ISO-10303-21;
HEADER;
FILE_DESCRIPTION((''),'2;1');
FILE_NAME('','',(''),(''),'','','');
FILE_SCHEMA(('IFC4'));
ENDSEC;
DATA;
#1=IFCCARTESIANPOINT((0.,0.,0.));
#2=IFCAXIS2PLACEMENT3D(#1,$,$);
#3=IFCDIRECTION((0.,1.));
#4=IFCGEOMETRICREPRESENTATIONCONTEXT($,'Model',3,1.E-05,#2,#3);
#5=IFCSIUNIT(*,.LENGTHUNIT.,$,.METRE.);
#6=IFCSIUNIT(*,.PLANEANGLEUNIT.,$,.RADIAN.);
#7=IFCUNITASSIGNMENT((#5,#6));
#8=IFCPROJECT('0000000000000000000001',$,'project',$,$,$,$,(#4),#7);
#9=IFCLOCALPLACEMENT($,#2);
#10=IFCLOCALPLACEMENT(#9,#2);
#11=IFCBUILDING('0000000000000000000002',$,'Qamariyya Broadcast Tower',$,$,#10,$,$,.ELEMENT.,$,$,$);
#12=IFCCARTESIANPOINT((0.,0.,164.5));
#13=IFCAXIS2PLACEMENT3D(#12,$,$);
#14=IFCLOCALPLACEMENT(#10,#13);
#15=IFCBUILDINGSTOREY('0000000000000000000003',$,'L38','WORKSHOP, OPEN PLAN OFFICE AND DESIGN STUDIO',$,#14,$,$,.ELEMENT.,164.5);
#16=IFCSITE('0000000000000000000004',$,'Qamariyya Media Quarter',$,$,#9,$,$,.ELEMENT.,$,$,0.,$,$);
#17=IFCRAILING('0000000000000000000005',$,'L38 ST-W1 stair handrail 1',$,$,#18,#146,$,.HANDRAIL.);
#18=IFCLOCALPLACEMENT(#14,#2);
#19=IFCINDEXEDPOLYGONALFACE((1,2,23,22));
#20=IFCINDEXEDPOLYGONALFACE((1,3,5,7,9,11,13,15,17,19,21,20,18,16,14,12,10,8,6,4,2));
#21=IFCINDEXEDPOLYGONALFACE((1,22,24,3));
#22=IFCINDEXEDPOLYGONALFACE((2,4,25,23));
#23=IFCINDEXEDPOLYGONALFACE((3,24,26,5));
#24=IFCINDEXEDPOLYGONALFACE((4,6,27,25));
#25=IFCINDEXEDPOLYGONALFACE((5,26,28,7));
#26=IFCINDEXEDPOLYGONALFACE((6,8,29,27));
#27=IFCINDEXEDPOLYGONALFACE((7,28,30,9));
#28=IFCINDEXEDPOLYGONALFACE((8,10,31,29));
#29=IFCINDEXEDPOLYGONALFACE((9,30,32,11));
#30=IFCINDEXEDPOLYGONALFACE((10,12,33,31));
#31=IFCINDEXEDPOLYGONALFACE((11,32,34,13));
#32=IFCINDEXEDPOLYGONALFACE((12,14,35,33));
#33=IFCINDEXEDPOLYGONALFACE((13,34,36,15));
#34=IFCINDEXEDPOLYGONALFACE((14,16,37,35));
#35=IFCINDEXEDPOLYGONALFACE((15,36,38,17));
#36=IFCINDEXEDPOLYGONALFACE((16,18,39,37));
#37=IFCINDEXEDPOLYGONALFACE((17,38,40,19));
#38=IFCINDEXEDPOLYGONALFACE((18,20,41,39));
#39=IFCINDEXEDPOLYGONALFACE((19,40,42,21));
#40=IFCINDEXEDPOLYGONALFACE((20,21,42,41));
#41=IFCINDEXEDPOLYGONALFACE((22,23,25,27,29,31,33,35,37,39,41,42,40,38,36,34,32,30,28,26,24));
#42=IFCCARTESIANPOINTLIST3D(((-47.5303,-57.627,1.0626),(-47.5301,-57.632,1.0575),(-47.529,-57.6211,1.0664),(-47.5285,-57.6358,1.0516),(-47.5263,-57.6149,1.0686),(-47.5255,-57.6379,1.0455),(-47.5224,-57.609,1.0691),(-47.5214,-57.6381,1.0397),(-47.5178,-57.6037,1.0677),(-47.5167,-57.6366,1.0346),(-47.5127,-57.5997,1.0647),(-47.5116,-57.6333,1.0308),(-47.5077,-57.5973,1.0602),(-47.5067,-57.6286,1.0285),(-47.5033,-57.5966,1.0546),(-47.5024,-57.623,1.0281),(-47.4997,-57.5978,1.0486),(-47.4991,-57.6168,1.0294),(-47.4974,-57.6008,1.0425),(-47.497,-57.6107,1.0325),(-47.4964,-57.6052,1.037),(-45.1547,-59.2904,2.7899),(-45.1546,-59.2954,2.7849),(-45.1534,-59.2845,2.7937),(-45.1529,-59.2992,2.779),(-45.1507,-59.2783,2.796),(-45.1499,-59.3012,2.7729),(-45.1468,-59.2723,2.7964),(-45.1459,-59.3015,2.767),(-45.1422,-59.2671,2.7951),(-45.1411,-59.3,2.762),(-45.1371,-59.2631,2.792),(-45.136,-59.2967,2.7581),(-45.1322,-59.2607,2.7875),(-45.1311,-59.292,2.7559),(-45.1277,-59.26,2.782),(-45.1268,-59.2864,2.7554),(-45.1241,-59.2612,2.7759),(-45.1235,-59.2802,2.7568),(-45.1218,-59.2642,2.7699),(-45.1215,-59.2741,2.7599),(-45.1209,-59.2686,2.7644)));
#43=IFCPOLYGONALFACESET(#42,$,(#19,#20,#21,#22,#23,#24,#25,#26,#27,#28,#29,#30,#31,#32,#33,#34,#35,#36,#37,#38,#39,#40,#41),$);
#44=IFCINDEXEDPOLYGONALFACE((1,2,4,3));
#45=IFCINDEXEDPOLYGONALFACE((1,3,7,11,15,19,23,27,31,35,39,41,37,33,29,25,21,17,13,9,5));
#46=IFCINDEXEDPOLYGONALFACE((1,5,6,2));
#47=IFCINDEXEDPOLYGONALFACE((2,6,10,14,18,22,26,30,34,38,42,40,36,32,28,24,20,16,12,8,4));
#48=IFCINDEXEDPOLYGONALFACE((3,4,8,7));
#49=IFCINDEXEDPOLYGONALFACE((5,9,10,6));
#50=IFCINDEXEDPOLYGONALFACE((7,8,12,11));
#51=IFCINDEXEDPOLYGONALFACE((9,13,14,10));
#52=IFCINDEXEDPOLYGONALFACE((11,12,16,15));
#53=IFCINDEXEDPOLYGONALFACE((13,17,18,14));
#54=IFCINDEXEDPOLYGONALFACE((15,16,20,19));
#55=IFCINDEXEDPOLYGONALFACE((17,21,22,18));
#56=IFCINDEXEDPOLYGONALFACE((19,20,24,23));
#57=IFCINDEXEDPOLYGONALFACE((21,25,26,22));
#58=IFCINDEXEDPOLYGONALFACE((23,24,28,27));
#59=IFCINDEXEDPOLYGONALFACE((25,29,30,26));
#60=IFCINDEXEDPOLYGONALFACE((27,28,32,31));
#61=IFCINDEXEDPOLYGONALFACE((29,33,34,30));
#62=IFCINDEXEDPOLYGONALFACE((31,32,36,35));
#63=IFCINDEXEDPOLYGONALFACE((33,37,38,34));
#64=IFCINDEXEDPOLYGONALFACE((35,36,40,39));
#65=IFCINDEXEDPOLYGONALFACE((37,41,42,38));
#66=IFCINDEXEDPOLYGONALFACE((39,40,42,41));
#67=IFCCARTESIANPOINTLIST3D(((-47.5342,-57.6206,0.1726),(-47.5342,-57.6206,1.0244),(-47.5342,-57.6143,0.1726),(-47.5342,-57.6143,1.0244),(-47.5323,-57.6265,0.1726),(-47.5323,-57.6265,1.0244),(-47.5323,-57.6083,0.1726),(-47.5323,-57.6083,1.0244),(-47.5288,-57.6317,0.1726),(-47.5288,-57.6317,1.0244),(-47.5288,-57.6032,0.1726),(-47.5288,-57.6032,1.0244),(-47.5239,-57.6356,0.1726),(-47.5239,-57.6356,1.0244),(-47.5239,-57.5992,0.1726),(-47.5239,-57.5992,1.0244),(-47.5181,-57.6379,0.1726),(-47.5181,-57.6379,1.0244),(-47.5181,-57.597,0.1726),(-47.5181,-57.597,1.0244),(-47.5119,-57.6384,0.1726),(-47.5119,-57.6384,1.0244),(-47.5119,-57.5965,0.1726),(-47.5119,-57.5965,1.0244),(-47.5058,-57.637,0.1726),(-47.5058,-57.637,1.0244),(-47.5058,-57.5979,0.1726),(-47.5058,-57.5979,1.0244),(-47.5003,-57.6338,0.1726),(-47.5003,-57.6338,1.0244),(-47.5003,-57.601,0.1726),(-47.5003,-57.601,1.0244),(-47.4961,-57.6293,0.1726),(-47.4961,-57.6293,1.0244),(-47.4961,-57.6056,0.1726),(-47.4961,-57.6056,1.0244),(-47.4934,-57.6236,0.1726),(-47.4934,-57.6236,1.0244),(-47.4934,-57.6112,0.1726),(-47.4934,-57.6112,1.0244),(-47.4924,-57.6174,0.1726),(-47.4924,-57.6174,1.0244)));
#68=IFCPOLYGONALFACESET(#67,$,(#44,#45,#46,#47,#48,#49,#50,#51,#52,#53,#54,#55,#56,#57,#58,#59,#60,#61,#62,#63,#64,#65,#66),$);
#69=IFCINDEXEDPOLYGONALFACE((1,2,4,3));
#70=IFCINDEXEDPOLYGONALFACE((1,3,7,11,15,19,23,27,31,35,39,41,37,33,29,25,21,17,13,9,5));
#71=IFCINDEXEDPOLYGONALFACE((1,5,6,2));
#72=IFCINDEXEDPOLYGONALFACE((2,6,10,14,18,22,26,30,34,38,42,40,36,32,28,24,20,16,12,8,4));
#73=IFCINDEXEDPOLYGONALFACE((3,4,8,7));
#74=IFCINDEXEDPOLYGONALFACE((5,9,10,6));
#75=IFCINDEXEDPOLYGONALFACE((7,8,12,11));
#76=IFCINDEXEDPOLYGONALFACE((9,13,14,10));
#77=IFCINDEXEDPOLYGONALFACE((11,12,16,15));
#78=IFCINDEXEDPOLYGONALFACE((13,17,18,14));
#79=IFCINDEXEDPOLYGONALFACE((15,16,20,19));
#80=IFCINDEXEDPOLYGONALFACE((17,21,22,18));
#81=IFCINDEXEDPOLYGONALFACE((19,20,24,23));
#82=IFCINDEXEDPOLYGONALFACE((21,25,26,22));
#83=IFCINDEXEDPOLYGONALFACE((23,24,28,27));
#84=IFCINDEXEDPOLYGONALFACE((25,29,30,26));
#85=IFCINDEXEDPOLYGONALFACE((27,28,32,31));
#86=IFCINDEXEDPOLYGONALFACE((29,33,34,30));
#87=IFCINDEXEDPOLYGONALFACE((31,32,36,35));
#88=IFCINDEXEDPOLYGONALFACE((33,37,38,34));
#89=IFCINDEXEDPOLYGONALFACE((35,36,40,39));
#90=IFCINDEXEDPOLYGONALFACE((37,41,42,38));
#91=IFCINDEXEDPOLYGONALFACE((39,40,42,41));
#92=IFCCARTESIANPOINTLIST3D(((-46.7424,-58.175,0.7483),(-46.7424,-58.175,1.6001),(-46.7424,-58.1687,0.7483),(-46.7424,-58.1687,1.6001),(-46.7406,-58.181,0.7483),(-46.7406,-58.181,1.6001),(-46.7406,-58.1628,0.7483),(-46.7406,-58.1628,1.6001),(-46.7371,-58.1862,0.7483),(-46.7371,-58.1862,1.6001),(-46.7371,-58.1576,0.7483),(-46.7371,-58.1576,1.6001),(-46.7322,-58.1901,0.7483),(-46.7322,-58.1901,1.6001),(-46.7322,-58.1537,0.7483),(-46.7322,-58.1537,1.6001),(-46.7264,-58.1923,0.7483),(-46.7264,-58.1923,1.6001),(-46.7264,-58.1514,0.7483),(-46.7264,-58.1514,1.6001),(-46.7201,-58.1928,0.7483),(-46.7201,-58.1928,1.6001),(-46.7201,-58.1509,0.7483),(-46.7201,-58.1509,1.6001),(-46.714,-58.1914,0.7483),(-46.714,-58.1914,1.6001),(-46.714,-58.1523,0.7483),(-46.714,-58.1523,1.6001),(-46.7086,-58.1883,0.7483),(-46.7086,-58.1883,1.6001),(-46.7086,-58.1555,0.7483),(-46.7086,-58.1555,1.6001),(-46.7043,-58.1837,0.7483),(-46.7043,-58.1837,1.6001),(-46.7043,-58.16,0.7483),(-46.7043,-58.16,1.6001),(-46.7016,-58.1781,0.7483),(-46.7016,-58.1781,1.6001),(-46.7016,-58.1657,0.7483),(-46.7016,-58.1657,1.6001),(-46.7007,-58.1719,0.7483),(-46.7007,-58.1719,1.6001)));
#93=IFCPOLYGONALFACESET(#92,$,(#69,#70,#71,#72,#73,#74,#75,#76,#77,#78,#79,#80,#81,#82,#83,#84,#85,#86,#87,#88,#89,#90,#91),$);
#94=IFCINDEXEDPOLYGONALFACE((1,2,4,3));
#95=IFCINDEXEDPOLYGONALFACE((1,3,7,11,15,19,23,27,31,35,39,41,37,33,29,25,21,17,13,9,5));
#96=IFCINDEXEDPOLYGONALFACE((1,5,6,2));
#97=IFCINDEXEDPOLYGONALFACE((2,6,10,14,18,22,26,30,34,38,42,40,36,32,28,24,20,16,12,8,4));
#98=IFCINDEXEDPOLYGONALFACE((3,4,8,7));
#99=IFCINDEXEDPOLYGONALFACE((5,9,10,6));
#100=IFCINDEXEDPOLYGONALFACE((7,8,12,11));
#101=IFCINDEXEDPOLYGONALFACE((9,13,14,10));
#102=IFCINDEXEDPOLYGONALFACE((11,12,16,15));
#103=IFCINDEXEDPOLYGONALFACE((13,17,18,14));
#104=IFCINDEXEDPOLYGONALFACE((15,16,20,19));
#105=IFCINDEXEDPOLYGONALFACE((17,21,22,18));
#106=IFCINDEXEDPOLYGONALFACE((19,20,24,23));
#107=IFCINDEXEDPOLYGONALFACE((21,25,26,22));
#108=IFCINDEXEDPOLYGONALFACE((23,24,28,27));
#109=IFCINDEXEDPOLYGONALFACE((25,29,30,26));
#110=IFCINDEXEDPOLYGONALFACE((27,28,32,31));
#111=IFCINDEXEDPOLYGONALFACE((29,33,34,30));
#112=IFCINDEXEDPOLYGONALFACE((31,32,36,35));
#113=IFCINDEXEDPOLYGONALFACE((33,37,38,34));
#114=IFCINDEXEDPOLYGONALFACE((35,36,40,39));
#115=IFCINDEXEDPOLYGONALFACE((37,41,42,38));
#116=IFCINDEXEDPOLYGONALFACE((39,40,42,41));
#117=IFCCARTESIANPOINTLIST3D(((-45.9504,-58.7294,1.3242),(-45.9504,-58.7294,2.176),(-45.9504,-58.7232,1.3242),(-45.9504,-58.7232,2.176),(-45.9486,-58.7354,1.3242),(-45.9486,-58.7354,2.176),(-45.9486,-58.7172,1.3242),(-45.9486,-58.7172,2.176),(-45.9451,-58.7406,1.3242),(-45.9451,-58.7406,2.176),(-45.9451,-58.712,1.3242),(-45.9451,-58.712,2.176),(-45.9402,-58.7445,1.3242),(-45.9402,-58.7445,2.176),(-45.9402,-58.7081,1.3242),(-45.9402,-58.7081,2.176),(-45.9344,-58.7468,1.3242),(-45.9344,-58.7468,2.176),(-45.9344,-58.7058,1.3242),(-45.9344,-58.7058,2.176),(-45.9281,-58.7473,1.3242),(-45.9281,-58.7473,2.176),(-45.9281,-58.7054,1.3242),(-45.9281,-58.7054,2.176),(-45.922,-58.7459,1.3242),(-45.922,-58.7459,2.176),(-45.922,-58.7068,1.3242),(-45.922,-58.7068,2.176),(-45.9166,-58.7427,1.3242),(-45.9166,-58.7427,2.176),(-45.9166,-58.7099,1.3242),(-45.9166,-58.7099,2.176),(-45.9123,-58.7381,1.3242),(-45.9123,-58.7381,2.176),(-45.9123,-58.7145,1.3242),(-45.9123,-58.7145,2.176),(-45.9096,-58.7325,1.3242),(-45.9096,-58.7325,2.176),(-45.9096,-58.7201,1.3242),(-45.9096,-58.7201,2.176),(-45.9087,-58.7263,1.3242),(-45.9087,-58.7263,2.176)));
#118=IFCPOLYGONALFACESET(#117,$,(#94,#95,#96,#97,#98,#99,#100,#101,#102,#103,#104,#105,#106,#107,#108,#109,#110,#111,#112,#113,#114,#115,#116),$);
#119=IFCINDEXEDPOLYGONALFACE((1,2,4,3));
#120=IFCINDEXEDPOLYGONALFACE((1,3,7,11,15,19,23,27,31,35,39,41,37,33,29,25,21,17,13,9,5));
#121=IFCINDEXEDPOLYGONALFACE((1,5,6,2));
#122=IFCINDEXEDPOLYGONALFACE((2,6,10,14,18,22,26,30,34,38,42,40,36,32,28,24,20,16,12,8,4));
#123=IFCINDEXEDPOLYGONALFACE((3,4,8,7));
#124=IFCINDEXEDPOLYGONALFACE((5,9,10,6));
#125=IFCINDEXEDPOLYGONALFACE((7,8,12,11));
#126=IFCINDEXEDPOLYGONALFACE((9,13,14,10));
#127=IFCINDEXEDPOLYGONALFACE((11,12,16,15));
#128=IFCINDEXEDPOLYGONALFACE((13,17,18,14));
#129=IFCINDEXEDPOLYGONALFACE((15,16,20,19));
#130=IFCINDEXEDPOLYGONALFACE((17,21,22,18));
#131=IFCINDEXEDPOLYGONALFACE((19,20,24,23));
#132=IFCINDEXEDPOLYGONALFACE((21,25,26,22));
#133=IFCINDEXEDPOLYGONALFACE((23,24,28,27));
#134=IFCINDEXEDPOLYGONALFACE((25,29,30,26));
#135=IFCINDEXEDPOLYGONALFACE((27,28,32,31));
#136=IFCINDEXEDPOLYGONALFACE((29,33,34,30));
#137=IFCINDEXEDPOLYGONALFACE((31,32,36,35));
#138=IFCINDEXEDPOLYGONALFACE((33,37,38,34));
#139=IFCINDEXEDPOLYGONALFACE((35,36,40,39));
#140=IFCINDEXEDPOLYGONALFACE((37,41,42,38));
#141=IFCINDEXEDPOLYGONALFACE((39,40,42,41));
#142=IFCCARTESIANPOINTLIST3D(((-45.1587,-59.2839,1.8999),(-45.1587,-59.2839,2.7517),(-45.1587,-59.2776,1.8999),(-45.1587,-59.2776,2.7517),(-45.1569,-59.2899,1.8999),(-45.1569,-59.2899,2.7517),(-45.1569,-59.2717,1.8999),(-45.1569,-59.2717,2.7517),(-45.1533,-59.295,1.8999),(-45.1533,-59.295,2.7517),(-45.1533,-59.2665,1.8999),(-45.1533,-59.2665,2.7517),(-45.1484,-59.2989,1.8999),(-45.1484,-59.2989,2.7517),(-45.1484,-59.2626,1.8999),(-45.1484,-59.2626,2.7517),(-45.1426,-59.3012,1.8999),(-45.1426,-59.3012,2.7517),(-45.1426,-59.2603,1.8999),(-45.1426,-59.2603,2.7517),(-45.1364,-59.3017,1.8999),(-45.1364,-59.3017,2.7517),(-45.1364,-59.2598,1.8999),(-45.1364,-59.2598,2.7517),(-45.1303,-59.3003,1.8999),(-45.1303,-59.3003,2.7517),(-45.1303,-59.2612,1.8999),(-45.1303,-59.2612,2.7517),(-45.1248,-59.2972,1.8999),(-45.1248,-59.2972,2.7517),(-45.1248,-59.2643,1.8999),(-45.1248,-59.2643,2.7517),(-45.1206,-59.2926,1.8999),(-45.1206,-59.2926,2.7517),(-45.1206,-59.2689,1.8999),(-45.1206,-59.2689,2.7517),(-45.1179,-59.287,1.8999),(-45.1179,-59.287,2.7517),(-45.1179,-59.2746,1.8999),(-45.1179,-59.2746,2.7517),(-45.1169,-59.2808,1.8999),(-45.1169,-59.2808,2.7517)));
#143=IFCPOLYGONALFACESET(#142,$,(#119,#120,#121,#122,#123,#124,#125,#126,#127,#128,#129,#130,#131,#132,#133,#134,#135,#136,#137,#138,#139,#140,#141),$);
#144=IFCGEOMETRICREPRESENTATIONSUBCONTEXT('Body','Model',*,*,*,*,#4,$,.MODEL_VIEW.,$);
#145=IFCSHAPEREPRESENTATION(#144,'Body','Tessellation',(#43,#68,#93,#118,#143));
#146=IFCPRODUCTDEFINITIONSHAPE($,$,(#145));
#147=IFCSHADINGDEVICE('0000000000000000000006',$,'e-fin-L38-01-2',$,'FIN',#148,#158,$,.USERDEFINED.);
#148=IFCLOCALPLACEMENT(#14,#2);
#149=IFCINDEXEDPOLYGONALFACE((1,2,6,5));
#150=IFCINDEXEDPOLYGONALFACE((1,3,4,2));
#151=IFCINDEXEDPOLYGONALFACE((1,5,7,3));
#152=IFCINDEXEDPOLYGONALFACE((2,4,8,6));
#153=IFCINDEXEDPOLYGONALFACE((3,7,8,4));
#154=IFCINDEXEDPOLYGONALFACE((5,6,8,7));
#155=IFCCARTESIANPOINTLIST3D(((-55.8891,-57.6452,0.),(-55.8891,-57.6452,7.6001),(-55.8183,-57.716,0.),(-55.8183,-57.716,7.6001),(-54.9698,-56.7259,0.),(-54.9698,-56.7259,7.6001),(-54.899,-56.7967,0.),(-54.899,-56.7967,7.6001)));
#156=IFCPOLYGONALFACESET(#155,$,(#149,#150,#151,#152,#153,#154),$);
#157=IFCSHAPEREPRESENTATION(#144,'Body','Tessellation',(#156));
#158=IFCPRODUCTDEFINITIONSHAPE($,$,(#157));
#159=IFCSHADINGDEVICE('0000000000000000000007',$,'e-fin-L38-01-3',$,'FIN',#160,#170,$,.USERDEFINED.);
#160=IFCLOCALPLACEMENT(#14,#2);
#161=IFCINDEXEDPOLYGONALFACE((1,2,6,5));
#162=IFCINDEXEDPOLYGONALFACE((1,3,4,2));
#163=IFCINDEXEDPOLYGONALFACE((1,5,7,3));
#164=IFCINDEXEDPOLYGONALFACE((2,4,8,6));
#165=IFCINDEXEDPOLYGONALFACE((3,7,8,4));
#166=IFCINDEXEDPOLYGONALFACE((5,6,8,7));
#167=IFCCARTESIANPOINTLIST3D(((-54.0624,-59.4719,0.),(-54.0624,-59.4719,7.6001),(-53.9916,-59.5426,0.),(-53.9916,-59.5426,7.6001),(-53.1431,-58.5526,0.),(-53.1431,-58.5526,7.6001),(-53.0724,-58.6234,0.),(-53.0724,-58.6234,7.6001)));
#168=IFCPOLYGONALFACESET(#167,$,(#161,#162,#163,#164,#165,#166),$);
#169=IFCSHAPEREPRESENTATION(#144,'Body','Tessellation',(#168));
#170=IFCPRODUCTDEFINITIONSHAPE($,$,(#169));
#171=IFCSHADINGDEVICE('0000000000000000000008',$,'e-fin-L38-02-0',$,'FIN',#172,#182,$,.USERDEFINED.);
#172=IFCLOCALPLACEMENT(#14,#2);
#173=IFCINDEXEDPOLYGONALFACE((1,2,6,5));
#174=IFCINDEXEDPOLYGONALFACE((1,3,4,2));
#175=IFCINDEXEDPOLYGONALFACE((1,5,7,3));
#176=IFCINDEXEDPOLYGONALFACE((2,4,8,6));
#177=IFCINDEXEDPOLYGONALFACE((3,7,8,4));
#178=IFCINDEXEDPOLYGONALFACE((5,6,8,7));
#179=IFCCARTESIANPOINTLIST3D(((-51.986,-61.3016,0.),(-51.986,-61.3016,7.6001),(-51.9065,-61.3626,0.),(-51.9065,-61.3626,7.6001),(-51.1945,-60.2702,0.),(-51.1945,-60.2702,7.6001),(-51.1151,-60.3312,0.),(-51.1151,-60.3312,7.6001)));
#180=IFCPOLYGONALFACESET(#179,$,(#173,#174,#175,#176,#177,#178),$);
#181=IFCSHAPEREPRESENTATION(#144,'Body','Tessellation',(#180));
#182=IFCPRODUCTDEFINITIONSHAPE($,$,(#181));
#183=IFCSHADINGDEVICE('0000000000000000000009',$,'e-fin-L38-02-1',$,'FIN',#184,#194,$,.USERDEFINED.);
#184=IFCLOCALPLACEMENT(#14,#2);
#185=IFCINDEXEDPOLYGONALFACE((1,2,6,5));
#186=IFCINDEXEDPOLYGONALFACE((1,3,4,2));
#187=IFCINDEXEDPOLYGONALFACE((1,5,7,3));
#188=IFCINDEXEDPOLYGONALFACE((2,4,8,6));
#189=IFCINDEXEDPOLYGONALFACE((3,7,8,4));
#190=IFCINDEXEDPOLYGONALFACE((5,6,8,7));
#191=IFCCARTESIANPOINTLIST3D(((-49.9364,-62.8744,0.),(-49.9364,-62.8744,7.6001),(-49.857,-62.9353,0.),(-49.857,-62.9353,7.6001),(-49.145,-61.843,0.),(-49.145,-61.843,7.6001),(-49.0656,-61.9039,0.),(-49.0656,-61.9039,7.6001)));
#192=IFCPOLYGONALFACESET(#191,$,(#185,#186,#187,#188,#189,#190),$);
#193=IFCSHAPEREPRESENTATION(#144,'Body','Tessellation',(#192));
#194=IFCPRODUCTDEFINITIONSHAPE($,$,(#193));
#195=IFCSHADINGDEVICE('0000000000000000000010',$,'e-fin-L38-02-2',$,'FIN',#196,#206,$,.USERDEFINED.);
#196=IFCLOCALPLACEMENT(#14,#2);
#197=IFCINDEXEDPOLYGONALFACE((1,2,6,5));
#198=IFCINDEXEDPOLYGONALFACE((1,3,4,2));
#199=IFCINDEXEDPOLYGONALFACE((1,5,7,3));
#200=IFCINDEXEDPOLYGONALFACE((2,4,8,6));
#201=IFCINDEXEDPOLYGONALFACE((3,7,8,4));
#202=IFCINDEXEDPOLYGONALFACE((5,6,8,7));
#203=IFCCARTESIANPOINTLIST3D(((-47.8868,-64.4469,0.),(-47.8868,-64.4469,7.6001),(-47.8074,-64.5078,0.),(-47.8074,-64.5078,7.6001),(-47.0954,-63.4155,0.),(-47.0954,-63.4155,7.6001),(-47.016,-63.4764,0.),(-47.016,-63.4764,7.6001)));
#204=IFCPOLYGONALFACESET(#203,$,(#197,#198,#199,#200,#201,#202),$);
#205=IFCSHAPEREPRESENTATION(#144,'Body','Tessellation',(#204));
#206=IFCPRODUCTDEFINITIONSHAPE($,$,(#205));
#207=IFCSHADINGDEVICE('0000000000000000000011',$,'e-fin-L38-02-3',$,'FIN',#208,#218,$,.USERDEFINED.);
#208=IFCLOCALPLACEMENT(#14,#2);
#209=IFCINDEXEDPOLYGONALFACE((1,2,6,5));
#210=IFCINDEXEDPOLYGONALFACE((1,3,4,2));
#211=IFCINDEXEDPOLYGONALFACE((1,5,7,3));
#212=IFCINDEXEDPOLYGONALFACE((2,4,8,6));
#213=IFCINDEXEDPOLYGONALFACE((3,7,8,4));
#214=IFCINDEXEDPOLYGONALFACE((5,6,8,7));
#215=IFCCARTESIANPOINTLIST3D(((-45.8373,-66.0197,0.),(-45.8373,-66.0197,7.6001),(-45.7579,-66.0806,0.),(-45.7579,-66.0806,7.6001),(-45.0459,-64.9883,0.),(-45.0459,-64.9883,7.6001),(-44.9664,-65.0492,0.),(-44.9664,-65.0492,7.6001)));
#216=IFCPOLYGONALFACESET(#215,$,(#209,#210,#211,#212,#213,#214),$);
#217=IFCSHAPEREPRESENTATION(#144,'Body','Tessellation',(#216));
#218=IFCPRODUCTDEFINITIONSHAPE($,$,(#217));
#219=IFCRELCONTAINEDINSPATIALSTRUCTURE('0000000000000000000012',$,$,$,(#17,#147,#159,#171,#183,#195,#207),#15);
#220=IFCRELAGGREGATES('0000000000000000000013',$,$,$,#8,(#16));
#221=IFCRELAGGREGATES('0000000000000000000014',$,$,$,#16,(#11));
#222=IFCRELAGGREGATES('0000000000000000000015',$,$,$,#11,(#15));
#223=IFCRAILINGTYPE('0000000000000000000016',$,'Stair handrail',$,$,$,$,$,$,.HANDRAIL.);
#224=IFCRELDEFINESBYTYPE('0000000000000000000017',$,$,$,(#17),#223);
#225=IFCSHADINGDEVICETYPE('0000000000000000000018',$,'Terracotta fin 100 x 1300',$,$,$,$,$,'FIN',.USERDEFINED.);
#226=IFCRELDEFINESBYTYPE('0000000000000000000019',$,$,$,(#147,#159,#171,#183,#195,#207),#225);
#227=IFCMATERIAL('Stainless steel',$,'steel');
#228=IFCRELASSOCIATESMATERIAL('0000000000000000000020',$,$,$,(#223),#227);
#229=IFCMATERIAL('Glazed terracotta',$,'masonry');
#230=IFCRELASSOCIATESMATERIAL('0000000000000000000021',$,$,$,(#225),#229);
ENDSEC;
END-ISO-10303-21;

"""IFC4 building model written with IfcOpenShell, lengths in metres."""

from ifc_helpers import new_model, si_unit, direction, frame, origin, origin_2d, place, context, subcontext, project, spatial, rectangle, circle, extrude, material, material_profile, profile_set, type_object, element, save


model = new_model("IFC4")

# Units and contexts
model_context = context("Model", 3, precision=1e-05, world=origin(), true_north=direction((0.0, 1.0)))
body_context = subcontext(model_context, "Body", "Model", "MODEL_VIEW")
ifc_project = project(units=[si_unit("LENGTHUNIT", "METRE"), si_unit("PLANEANGLEUNIT", "RADIAN")], contexts=[model_context])

# Site, building, storey
site_placement = place(None, origin())
site = spatial("IfcSite", under=ifc_project, at=site_placement, Name="Qamariyya Media Quarter", CompositionType="ELEMENT", RefElevation=0.0)
building_placement = place(site_placement, origin())
building = spatial("IfcBuilding", under=site, at=building_placement, Name="Qamariyya Broadcast Tower", CompositionType="ELEMENT")
storey_placement = place(building_placement, frame((0.0, 0.0, 164.5)))
storey = spatial("IfcBuildingStorey", under=building, at=storey_placement, Name="L38", Description="WORKSHOP, OPEN PLAN OFFICE AND DESIGN STUDIO", CompositionType="ELEMENT", Elevation=164.5)

# Railing
ifc_material_1 = material(Name="Stainless steel", Category="steel")
railing_type_1 = type_object("IfcRailingType", Name="Stair handrail", PredefinedType="HANDRAIL", material=ifc_material_1)
railing_1_placement = place(storey_placement, frame((-47.5134, -57.6174, 0.1726)))
element("IfcRailing", 1, at=railing_1_placement, inside=storey, type_object=railing_type_1, Name="L38 ST-W1 stair handrail 1", PredefinedType="HANDRAIL", context=body_context, shape_type="SweptSolid", body=[
    extrude(circle(Radius=0.0239, at=origin_2d()), frame((0.0, 0.0, 0.876), z_axis=(0.70377, -0.492784, 0.511734), x_axis=(0.573575, 0.819153, 0.0)), (0.0, 0.0, 1.0), 3.3755),
    extrude(circle(Radius=0.021, at=origin_2d()), origin(), (0.0, 0.0, 1.0), 0.8518),
    extrude(circle(Radius=0.021, at=origin_2d()), frame((0.7917, -0.5544, 0.5757)), (0.0, 0.0, 1.0), 0.8518),
    extrude(circle(Radius=0.021, at=origin_2d()), frame((1.5837, -1.1089, 1.1516)), (0.0, 0.0, 1.0), 0.8518),
    extrude(circle(Radius=0.021, at=origin_2d()), frame((2.3755, -1.6633, 1.7273)), (0.0, 0.0, 1.0), 0.8518),
])

# Shading devices
ifc_material_2 = material(Name="Glazed terracotta", Category="masonry")
ifc_material_profile_1 = material_profile(ifc_material_2, rectangle(XDim=1.3, YDim=0.1001, at=origin_2d()))
ifc_profile_set_1 = profile_set([ifc_material_profile_1], Name="Glazed terracotta")
shading_device_type_1 = type_object("IfcShadingDeviceType", Name="Terracotta fin 100 x 1300", ElementType="FIN", PredefinedType="USERDEFINED", material=ifc_profile_set_1)
for number, where, z_axis, x_axis, name in (
    (2, (-55.394, -57.2209, 0.0), (0.0, 0.0, 1.0), (-0.707107, -0.707107, 0.0), "e-fin-L38-01-2"),
    (3, (-53.5674, -59.0476, 0.0), (0.0, 0.0, 1.0), (-0.707107, -0.707107, 0.0), "e-fin-L38-01-3"),
    (4, (-51.5505, -60.8164, 0.0), (0.0, 0.0, 1.0), (-0.608761, -0.793353, 0.0), "e-fin-L38-02-0"),
    (5, (-49.501, -62.3892, 0.0), (0.0, 0.0, 1.0), (-0.608761, -0.793353, 0.0), "e-fin-L38-02-1"),
    (6, (-47.4514, -63.9617, 0.0), (0.0, 0.0, 1.0), (-0.608761, -0.793353, 0.0), "e-fin-L38-02-2"),
    (7, (-45.4019, -65.5344, 0.0), (0.0, 0.0, 1.0), (-0.608761, -0.793353, 0.0), "e-fin-L38-02-3"),
):
    element("IfcShadingDevice", number, at=place(storey_placement, frame(where, z_axis=z_axis, x_axis=x_axis)), inside=storey, type_object=shading_device_type_1, Name=name, ObjectType="FIN", PredefinedType="USERDEFINED", context=body_context, shape_type="SweptSolid", body=[
        extrude(rectangle(XDim=1.3, YDim=0.1001, at=origin_2d()), origin(), (0.0, 0.0, 1.0), 7.6001),
    ])

save(model, "model.ifc")
